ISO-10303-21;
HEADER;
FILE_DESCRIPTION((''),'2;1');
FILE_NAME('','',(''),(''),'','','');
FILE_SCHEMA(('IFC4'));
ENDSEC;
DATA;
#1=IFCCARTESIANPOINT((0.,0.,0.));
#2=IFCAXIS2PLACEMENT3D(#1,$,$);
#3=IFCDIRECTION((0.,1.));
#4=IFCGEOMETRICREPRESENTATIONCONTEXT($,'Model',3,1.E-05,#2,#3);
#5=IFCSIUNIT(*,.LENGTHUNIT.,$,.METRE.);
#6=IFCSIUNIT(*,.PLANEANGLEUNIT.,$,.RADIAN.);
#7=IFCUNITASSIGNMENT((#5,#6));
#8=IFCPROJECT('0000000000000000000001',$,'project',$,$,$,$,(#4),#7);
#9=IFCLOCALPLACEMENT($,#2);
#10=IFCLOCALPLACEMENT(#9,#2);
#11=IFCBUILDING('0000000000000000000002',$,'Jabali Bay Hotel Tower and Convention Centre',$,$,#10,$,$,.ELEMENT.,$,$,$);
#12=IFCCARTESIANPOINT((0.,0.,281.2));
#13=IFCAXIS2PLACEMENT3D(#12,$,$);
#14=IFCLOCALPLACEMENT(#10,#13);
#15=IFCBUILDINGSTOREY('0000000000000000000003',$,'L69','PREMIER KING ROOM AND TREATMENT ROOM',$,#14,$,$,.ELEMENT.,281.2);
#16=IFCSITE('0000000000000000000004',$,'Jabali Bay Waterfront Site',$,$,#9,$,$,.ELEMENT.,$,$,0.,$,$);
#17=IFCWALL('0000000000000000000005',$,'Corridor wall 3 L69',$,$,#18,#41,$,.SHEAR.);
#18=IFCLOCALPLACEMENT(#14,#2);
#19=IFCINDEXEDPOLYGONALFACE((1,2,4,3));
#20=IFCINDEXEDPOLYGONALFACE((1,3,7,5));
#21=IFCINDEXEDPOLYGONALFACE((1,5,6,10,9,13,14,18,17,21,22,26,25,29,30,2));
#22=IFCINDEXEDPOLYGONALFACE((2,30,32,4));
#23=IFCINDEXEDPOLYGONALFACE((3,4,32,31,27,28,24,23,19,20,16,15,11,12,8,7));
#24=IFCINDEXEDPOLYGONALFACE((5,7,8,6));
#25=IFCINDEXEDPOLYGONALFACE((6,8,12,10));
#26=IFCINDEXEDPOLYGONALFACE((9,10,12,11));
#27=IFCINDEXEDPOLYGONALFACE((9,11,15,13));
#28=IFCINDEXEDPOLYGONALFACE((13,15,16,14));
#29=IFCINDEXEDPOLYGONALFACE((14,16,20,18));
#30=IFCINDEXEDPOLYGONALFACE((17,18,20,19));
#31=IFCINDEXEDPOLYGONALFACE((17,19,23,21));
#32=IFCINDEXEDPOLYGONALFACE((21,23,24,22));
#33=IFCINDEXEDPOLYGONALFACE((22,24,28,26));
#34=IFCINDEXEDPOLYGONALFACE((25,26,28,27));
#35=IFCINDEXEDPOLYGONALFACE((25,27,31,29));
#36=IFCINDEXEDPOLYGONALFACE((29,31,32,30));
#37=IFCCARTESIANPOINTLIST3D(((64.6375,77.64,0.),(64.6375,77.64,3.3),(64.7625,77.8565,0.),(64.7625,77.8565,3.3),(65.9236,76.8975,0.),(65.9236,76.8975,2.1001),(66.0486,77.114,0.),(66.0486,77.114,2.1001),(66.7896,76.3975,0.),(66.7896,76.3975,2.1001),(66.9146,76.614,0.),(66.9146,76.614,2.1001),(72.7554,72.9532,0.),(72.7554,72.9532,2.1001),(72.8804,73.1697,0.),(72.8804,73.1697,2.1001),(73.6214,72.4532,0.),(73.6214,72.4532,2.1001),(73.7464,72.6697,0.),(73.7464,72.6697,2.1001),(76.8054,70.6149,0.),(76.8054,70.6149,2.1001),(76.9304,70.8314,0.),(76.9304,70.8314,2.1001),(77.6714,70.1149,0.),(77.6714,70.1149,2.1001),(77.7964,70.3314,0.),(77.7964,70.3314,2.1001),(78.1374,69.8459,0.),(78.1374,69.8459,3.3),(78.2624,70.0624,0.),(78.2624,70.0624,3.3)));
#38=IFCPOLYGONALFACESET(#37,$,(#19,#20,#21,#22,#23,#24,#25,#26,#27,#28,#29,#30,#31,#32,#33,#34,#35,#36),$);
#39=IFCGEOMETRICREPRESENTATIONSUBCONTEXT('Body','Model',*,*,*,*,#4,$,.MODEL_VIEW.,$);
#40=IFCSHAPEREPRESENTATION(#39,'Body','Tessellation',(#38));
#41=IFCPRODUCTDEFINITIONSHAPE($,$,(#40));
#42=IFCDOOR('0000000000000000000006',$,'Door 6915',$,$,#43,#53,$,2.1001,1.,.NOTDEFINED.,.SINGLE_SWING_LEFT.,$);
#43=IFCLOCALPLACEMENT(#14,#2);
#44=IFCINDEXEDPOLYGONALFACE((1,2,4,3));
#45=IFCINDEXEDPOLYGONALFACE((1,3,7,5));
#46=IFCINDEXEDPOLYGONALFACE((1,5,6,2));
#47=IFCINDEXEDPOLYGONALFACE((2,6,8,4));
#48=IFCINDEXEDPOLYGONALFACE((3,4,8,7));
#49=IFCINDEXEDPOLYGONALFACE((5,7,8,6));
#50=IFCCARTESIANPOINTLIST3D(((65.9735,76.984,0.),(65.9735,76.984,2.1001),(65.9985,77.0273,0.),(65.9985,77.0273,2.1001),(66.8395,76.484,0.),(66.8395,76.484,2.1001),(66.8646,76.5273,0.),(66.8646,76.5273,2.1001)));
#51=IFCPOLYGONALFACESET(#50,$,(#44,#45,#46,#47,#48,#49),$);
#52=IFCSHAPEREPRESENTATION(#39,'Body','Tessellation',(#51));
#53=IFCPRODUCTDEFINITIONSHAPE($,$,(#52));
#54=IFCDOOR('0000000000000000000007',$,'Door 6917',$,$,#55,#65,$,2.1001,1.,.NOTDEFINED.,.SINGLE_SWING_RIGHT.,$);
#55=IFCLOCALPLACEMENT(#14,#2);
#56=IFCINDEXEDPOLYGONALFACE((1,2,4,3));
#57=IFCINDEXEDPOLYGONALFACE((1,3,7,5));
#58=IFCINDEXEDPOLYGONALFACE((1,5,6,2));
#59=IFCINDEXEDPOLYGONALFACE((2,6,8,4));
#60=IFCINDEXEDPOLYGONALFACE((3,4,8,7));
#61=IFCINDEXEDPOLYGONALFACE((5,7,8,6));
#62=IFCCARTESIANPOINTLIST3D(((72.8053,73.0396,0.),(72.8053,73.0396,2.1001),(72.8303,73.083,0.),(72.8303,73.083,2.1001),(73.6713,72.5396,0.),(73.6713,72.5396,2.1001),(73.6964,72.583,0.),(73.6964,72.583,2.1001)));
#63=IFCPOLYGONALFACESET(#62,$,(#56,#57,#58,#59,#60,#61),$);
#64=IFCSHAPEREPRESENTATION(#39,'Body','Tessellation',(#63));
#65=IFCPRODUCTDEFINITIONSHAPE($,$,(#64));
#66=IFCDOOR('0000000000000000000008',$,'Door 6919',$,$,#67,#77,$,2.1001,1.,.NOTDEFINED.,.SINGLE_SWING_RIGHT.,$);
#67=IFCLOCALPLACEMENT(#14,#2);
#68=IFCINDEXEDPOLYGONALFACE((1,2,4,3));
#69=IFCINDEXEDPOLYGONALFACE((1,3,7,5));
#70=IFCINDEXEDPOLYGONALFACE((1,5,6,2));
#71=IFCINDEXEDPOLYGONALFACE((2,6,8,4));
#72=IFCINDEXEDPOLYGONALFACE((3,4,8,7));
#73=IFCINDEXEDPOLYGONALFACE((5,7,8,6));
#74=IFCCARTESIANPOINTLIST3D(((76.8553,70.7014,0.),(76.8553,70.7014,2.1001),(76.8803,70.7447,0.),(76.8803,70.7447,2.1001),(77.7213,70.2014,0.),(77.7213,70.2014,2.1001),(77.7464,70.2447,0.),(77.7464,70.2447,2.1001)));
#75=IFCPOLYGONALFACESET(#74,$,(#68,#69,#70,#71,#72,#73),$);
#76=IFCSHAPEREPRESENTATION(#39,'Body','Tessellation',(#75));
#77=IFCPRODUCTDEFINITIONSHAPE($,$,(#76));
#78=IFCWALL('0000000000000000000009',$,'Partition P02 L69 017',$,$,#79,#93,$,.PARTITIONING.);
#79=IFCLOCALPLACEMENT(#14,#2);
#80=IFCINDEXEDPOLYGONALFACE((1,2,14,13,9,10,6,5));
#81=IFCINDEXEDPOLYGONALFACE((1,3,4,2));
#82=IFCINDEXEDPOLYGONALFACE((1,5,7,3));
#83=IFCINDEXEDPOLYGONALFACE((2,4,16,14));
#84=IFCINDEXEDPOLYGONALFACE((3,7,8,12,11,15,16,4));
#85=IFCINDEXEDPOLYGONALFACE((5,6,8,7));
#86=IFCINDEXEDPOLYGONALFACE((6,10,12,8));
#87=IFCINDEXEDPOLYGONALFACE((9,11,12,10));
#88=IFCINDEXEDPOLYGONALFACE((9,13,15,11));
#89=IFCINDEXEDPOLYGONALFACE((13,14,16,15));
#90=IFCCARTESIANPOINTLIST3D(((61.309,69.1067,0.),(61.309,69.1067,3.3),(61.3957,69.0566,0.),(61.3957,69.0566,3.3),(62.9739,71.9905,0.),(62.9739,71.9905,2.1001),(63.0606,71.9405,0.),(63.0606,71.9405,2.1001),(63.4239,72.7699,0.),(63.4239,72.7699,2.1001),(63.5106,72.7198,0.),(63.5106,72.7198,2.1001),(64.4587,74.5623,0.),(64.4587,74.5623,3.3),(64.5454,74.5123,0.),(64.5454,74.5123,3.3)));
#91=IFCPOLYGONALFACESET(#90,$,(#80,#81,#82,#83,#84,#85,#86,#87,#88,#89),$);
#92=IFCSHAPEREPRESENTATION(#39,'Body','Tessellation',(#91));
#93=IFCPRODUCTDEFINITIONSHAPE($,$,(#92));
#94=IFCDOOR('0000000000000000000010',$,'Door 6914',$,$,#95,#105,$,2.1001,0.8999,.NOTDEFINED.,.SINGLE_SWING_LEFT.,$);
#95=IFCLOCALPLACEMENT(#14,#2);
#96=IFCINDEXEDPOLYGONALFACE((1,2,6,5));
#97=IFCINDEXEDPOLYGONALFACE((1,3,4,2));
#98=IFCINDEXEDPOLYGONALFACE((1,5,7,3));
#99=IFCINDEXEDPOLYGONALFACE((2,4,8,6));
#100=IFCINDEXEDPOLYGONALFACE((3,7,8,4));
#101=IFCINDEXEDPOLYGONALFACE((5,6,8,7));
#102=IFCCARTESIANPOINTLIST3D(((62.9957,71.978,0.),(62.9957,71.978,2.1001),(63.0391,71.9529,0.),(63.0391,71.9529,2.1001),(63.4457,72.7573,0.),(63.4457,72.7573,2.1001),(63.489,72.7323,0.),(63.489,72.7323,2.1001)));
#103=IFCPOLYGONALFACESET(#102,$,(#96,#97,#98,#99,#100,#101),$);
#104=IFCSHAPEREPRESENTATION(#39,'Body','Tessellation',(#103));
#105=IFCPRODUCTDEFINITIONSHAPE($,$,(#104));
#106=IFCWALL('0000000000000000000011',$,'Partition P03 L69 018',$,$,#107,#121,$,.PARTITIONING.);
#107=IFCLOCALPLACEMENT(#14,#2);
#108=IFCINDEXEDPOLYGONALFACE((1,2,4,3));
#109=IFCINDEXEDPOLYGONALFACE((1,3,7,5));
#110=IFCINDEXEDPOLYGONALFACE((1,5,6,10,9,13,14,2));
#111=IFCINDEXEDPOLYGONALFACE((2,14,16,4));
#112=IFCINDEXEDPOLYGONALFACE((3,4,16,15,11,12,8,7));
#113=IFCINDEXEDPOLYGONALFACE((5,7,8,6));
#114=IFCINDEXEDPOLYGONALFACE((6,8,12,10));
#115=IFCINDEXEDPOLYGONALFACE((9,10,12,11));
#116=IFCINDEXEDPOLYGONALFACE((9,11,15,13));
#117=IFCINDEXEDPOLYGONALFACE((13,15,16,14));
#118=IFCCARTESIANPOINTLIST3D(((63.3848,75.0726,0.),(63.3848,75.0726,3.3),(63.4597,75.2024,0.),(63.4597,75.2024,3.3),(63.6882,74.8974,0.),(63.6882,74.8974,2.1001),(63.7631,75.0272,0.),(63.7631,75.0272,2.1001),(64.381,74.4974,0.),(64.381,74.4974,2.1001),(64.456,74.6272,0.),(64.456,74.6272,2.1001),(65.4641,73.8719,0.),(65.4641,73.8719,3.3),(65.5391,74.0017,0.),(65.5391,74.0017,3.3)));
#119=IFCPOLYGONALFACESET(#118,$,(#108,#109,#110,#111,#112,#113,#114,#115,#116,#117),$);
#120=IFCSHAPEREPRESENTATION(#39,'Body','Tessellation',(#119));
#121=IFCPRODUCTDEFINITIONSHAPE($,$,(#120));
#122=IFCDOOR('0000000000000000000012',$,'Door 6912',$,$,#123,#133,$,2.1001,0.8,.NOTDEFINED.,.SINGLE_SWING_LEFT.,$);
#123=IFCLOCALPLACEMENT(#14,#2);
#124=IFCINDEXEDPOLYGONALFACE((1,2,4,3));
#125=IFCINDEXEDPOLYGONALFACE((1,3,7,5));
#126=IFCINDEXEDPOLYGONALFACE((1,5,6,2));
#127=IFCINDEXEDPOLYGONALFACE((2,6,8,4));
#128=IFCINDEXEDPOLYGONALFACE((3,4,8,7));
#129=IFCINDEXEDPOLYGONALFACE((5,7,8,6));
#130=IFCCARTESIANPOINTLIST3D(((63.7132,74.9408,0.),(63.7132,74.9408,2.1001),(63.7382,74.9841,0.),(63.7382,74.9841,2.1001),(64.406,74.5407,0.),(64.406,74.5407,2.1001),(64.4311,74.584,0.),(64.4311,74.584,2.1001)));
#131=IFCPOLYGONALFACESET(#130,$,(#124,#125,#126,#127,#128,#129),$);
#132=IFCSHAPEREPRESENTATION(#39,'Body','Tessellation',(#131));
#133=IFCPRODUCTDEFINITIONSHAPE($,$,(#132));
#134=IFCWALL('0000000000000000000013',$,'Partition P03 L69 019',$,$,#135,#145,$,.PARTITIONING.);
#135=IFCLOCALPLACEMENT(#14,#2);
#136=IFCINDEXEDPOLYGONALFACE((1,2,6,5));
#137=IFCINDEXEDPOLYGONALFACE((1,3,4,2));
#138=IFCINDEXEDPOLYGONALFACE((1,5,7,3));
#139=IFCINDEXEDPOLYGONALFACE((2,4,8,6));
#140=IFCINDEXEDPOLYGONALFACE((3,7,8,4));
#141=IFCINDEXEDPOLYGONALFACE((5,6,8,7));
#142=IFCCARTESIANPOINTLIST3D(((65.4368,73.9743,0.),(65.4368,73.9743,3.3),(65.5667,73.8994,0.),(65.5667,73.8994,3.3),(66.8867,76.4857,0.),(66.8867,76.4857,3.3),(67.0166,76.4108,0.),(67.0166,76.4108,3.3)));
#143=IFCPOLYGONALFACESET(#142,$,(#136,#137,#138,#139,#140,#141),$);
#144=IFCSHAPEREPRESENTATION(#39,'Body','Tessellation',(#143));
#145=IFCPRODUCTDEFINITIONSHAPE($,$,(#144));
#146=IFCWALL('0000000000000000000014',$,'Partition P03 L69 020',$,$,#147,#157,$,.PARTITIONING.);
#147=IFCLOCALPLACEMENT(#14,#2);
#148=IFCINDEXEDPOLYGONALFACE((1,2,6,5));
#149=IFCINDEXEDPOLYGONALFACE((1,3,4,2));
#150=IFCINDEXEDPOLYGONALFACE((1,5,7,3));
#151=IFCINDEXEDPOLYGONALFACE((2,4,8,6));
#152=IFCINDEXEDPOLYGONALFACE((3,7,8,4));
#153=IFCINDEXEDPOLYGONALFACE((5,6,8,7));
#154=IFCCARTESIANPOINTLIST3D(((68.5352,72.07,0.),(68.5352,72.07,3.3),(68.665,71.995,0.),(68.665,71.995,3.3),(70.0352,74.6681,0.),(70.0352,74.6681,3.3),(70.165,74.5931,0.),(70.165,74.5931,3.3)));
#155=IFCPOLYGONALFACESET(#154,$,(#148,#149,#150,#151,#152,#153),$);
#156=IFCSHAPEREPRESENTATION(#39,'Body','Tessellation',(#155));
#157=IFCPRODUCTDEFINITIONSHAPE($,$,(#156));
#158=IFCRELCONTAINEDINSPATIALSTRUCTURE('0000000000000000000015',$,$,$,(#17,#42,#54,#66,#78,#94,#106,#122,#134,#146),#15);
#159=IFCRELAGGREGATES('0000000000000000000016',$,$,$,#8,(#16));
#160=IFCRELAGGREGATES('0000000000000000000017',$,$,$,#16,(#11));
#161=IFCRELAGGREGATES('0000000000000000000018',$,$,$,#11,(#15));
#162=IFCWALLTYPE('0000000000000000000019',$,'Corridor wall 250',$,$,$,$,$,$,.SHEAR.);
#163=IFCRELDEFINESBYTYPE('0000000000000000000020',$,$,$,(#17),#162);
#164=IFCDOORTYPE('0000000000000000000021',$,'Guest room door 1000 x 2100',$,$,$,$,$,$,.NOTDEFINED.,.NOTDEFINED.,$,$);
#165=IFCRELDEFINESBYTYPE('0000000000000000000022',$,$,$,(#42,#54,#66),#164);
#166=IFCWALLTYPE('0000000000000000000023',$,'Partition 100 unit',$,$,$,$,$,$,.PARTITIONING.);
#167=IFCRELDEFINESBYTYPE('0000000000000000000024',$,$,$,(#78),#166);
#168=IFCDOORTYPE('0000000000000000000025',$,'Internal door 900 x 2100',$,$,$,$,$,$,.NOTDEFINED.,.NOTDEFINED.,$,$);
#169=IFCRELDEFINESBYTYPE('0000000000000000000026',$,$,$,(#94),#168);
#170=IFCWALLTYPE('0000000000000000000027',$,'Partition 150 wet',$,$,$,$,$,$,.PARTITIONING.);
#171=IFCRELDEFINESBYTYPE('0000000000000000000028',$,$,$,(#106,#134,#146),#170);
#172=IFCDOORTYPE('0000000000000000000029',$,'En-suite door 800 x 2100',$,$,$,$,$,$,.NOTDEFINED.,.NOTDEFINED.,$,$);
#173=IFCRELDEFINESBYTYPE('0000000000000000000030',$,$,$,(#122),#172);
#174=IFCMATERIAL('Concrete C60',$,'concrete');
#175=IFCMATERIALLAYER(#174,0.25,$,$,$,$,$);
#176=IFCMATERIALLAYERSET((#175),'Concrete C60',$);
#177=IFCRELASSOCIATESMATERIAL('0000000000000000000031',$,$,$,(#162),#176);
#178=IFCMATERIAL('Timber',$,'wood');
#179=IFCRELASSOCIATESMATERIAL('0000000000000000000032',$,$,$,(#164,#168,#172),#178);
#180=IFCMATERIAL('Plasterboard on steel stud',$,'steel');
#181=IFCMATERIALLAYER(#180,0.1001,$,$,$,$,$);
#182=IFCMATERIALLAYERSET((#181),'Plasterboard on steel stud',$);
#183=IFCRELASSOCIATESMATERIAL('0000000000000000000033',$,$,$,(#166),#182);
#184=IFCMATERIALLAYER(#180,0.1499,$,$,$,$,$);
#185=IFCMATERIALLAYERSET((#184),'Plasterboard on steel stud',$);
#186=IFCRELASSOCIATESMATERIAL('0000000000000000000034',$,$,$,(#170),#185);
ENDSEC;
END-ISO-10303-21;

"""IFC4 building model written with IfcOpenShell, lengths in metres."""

from ifc_helpers import new_model, si_unit, direction, frame, frame_2d, origin, place, context, subcontext, project, spatial, rectangle, extrude, material, layer, layer_set, type_object, element, fill, save


model = new_model("IFC4")

# Units and contexts
model_context = context("Model", 3, precision=1e-05, world=origin(), true_north=direction((0.0, 1.0)))
body_context = subcontext(model_context, "Body", "Model", "MODEL_VIEW")
ifc_project = project(units=[si_unit("LENGTHUNIT", "METRE"), si_unit("PLANEANGLEUNIT", "RADIAN")], contexts=[model_context])

# Site, building, storey
site_placement = place(None, origin())
site = spatial("IfcSite", under=ifc_project, at=site_placement, Name="Jabali Bay Waterfront Site", CompositionType="ELEMENT", RefElevation=0.0)
building_placement = place(site_placement, origin())
building = spatial("IfcBuilding", under=site, at=building_placement, Name="Jabali Bay Hotel Tower and Convention Centre", CompositionType="ELEMENT")
storey_placement = place(building_placement, frame((0.0, 0.0, 281.2)))
storey = spatial("IfcBuildingStorey", under=building, at=storey_placement, Name="L69", Description="PREMIER KING ROOM AND TREATMENT ROOM", CompositionType="ELEMENT", Elevation=281.2)

# Shared definitions
ifc_material_1 = material(Name="Concrete C60", Category="concrete")

# Wall, openings, doors
ifc_layer_1 = layer(ifc_material_1, 0.25)
ifc_layer_set_1 = layer_set([ifc_layer_1], Name="Concrete C60")
wall_type_1 = type_object("IfcWallType", Name="Corridor wall 250", PredefinedType="SHEAR", material=ifc_layer_set_1)
wall_1_placement = place(storey_placement, frame((64.7, 77.7483, 0.0), z_axis=(0.0, 0.0, 1.0), x_axis=(0.866026, -0.499998, 0.0)))
wall_1 = element("IfcWall", 1, at=wall_1_placement, inside=storey, type_object=wall_type_1, Name="Corridor wall 3 L69", PredefinedType="SHEAR", context=body_context, shape_type="SweptSolid", body=[
    extrude(rectangle(XDim=15.5884, YDim=0.25, at=frame_2d((7.7942, 0.0))), origin(), (0.0, 0.0, 1.0), 3.3),
])
opening_1_placement = place(wall_1_placement, frame((1.4851, 0.0, 0.0)))
opening_1 = element("IfcOpeningElement", 2, at=opening_1_placement, cuts=wall_1, PredefinedType="OPENING", context=body_context, shape_type="SweptSolid", body=[
    extrude(rectangle(XDim=1.0, YDim=2.1001, at=frame_2d((0.5, 1.05))), frame((0.0, 0.1355, 0.0), z_axis=(0.0, -1.0, 0.0), x_axis=(1.0, 0.0, 0.0)), (0.0, 0.0, 1.0), 0.271),
])
opening_2_placement = place(wall_1_placement, frame((9.3738, 0.0, 0.0)))
opening_2 = element("IfcOpeningElement", 3, at=opening_2_placement, cuts=wall_1, PredefinedType="OPENING", context=body_context, shape_type="SweptSolid", body=[
    extrude(rectangle(XDim=1.0, YDim=2.1001, at=frame_2d((0.5, 1.05))), frame((0.0, 0.1355, 0.0), z_axis=(0.0, -1.0, 0.0), x_axis=(1.0, 0.0, 0.0)), (0.0, 0.0, 1.0), 0.271),
])
opening_3_placement = place(wall_1_placement, frame((14.0503, 0.0, 0.0)))
opening_3 = element("IfcOpeningElement", 4, at=opening_3_placement, cuts=wall_1, PredefinedType="OPENING", context=body_context, shape_type="SweptSolid", body=[
    extrude(rectangle(XDim=1.0, YDim=2.1001, at=frame_2d((0.5, 1.05))), frame((0.0, 0.1355, 0.0), z_axis=(0.0, -1.0, 0.0), x_axis=(1.0, 0.0, 0.0)), (0.0, 0.0, 1.0), 0.271),
])
ifc_material_2 = material(Name="Timber", Category="wood")
door_type_1 = type_object("IfcDoorType", Name="Guest room door 1000 x 2100", OperationType="NOTDEFINED", PredefinedType="NOTDEFINED", material=ifc_material_2)
door_1_placement = place(opening_1_placement, origin())
door_1 = element("IfcDoor", 5, at=door_1_placement, inside=storey, type_object=door_type_1, Name="Door 6915", OperationType="SINGLE_SWING_LEFT", OverallHeight=2.1001, OverallWidth=1.0, PredefinedType="NOTDEFINED", context=body_context, shape_type="SweptSolid", body=[
    extrude(rectangle(XDim=1.0, YDim=2.1001, at=frame_2d((0.5, 1.05))), frame((0.0, 0.0249, 0.0), z_axis=(0.0, -1.0, 0.0), x_axis=(1.0, 0.0, 0.0)), (0.0, 0.0, 1.0), 0.05),
])
fill(opening_1, door_1)
door_2_placement = place(opening_2_placement, origin())
door_2 = element("IfcDoor", 6, at=door_2_placement, inside=storey, type_object=door_type_1, Name="Door 6917", OperationType="SINGLE_SWING_RIGHT", OverallHeight=2.1001, OverallWidth=1.0, PredefinedType="NOTDEFINED", context=body_context, shape_type="SweptSolid", body=[
    extrude(rectangle(XDim=1.0, YDim=2.1001, at=frame_2d((0.5, 1.05))), frame((0.0, 0.0249, 0.0), z_axis=(0.0, -1.0, 0.0), x_axis=(1.0, 0.0, 0.0)), (0.0, 0.0, 1.0), 0.05),
])
fill(opening_2, door_2)
door_3_placement = place(opening_3_placement, origin())
door_3 = element("IfcDoor", 7, at=door_3_placement, inside=storey, type_object=door_type_1, Name="Door 6919", OperationType="SINGLE_SWING_RIGHT", OverallHeight=2.1001, OverallWidth=1.0, PredefinedType="NOTDEFINED", context=body_context, shape_type="SweptSolid", body=[
    extrude(rectangle(XDim=1.0, YDim=2.1001, at=frame_2d((0.5, 1.05))), frame((0.0, 0.0249, 0.0), z_axis=(0.0, -1.0, 0.0), x_axis=(1.0, 0.0, 0.0)), (0.0, 0.0, 1.0), 0.05),
])
fill(opening_3, door_3)

# Walls, openings, doors
ifc_material_3 = material(Name="Plasterboard on steel stud", Category="steel")
ifc_layer_2 = layer(ifc_material_3, 0.1001)
ifc_layer_set_2 = layer_set([ifc_layer_2], Name="Plasterboard on steel stud")
wall_type_2 = type_object("IfcWallType", Name="Partition 100 unit", PredefinedType="PARTITIONING", material=ifc_layer_set_2)
wall_2_placement = place(storey_placement, frame((61.3523, 69.0815, 0.0), z_axis=(0.0, 0.0, 1.0), x_axis=(0.499986, 0.866033, 0.0)))
wall_2 = element("IfcWall", 8, at=wall_2_placement, inside=storey, type_object=wall_type_2, Name="Partition P02 L69 017", PredefinedType="PARTITIONING", context=body_context, shape_type="SweptSolid", body=[
    extrude(rectangle(XDim=6.2996, YDim=0.1001, at=frame_2d((3.1499, 0.0))), origin(), (0.0, 0.0, 1.0), 3.3),
])
opening_4_placement = place(wall_2_placement, frame((3.3301, 0.0, 0.0)))
opening_4 = element("IfcOpeningElement", 9, at=opening_4_placement, cuts=wall_2, PredefinedType="OPENING", context=body_context, shape_type="SweptSolid", body=[
    extrude(rectangle(XDim=0.8999, YDim=2.1001, at=frame_2d((0.45, 1.05))), frame((0.0, 0.0605, 0.0), z_axis=(0.0, -1.0, 0.0), x_axis=(1.0, 0.0, 0.0)), (0.0, 0.0, 1.0), 0.1211),
])
door_type_2 = type_object("IfcDoorType", Name="Internal door 900 x 2100", OperationType="NOTDEFINED", PredefinedType="NOTDEFINED", material=ifc_material_2)
door_4_placement = place(opening_4_placement, origin())
door_4 = element("IfcDoor", 10, at=door_4_placement, inside=storey, type_object=door_type_2, Name="Door 6914", OperationType="SINGLE_SWING_LEFT", OverallHeight=2.1001, OverallWidth=0.8999, PredefinedType="NOTDEFINED", context=body_context, shape_type="SweptSolid", body=[
    extrude(rectangle(XDim=0.8999, YDim=2.1001, at=frame_2d((0.45, 1.05))), frame((0.0, 0.0249, 0.0), z_axis=(0.0, -1.0, 0.0), x_axis=(1.0, 0.0, 0.0)), (0.0, 0.0, 1.0), 0.05),
])
fill(opening_4, door_4)
ifc_layer_3 = layer(ifc_material_3, 0.1499)
ifc_layer_set_3 = layer_set([ifc_layer_3], Name="Plasterboard on steel stud")
wall_type_3 = type_object("IfcWallType", Name="Partition 150 wet", PredefinedType="PARTITIONING", material=ifc_layer_set_3)
wall_3_placement = place(storey_placement, frame((65.5017, 73.9368, 0.0), z_axis=(0.0, 0.0, 1.0), x_axis=(-0.865994, 0.500054, 0.0)))
wall_3 = element("IfcWall", 11, at=wall_3_placement, inside=storey, type_object=wall_type_3, Name="Partition P03 L69 018", PredefinedType="PARTITIONING", context=body_context, shape_type="SweptSolid", body=[
    extrude(rectangle(XDim=2.4011, YDim=0.1499, at=frame_2d((1.2007, 0.0))), origin(), (0.0, 0.0, 1.0), 3.3),
])
opening_5_placement = place(wall_3_placement, frame((1.251, 0.0, 0.0)))
opening_5 = element("IfcOpeningElement", 12, at=opening_5_placement, cuts=wall_3, PredefinedType="OPENING", context=body_context, shape_type="SweptSolid", body=[
    extrude(rectangle(XDim=0.8, YDim=2.1001, at=frame_2d((0.3999, 1.05))), frame((0.0, 0.0854, 0.0), z_axis=(0.0, -1.0, 0.0), x_axis=(1.0, 0.0, 0.0)), (0.0, 0.0, 1.0), 0.1709),
])
door_type_3 = type_object("IfcDoorType", Name="En-suite door 800 x 2100", OperationType="NOTDEFINED", PredefinedType="NOTDEFINED", material=ifc_material_2)
door_5_placement = place(opening_5_placement, origin())
door_5 = element("IfcDoor", 13, at=door_5_placement, inside=storey, type_object=door_type_3, Name="Door 6912", OperationType="SINGLE_SWING_LEFT", OverallHeight=2.1001, OverallWidth=0.8, PredefinedType="NOTDEFINED", context=body_context, shape_type="SweptSolid", body=[
    extrude(rectangle(XDim=0.8, YDim=2.1001, at=frame_2d((0.3999, 1.05))), frame((0.0, 0.0249, 0.0), z_axis=(0.0, -1.0, 0.0), x_axis=(1.0, 0.0, 0.0)), (0.0, 0.0, 1.0), 0.05),
])
fill(opening_5, door_5)

# Walls
wall_4_placement = place(storey_placement, frame((66.9517, 76.4482, 0.0), z_axis=(0.0, 0.0, 1.0), x_axis=(-0.499987, -0.866033, 0.0)))
element("IfcWall", 14, at=wall_4_placement, inside=storey, type_object=wall_type_3, Name="Partition P03 L69 019", PredefinedType="PARTITIONING", context=body_context, shape_type="SweptSolid", body=[
    extrude(rectangle(XDim=2.8999, YDim=0.1499, at=frame_2d((1.45, 0.0))), origin(), (0.0, 0.0, 1.0), 3.3),
])
wall_5_placement = place(storey_placement, frame((70.1001, 74.6306, 0.0), z_axis=(0.0, 0.0, 1.0), x_axis=(-0.49999, -0.866031, 0.0)))
element("IfcWall", 15, at=wall_5_placement, inside=storey, type_object=wall_type_3, Name="Partition P03 L69 020", PredefinedType="PARTITIONING", context=body_context, shape_type="SweptSolid", body=[
    extrude(rectangle(XDim=3.0, YDim=0.1499, at=frame_2d((1.5, 0.0))), origin(), (0.0, 0.0, 1.0), 3.3),
])

save(model, "model.ifc")
